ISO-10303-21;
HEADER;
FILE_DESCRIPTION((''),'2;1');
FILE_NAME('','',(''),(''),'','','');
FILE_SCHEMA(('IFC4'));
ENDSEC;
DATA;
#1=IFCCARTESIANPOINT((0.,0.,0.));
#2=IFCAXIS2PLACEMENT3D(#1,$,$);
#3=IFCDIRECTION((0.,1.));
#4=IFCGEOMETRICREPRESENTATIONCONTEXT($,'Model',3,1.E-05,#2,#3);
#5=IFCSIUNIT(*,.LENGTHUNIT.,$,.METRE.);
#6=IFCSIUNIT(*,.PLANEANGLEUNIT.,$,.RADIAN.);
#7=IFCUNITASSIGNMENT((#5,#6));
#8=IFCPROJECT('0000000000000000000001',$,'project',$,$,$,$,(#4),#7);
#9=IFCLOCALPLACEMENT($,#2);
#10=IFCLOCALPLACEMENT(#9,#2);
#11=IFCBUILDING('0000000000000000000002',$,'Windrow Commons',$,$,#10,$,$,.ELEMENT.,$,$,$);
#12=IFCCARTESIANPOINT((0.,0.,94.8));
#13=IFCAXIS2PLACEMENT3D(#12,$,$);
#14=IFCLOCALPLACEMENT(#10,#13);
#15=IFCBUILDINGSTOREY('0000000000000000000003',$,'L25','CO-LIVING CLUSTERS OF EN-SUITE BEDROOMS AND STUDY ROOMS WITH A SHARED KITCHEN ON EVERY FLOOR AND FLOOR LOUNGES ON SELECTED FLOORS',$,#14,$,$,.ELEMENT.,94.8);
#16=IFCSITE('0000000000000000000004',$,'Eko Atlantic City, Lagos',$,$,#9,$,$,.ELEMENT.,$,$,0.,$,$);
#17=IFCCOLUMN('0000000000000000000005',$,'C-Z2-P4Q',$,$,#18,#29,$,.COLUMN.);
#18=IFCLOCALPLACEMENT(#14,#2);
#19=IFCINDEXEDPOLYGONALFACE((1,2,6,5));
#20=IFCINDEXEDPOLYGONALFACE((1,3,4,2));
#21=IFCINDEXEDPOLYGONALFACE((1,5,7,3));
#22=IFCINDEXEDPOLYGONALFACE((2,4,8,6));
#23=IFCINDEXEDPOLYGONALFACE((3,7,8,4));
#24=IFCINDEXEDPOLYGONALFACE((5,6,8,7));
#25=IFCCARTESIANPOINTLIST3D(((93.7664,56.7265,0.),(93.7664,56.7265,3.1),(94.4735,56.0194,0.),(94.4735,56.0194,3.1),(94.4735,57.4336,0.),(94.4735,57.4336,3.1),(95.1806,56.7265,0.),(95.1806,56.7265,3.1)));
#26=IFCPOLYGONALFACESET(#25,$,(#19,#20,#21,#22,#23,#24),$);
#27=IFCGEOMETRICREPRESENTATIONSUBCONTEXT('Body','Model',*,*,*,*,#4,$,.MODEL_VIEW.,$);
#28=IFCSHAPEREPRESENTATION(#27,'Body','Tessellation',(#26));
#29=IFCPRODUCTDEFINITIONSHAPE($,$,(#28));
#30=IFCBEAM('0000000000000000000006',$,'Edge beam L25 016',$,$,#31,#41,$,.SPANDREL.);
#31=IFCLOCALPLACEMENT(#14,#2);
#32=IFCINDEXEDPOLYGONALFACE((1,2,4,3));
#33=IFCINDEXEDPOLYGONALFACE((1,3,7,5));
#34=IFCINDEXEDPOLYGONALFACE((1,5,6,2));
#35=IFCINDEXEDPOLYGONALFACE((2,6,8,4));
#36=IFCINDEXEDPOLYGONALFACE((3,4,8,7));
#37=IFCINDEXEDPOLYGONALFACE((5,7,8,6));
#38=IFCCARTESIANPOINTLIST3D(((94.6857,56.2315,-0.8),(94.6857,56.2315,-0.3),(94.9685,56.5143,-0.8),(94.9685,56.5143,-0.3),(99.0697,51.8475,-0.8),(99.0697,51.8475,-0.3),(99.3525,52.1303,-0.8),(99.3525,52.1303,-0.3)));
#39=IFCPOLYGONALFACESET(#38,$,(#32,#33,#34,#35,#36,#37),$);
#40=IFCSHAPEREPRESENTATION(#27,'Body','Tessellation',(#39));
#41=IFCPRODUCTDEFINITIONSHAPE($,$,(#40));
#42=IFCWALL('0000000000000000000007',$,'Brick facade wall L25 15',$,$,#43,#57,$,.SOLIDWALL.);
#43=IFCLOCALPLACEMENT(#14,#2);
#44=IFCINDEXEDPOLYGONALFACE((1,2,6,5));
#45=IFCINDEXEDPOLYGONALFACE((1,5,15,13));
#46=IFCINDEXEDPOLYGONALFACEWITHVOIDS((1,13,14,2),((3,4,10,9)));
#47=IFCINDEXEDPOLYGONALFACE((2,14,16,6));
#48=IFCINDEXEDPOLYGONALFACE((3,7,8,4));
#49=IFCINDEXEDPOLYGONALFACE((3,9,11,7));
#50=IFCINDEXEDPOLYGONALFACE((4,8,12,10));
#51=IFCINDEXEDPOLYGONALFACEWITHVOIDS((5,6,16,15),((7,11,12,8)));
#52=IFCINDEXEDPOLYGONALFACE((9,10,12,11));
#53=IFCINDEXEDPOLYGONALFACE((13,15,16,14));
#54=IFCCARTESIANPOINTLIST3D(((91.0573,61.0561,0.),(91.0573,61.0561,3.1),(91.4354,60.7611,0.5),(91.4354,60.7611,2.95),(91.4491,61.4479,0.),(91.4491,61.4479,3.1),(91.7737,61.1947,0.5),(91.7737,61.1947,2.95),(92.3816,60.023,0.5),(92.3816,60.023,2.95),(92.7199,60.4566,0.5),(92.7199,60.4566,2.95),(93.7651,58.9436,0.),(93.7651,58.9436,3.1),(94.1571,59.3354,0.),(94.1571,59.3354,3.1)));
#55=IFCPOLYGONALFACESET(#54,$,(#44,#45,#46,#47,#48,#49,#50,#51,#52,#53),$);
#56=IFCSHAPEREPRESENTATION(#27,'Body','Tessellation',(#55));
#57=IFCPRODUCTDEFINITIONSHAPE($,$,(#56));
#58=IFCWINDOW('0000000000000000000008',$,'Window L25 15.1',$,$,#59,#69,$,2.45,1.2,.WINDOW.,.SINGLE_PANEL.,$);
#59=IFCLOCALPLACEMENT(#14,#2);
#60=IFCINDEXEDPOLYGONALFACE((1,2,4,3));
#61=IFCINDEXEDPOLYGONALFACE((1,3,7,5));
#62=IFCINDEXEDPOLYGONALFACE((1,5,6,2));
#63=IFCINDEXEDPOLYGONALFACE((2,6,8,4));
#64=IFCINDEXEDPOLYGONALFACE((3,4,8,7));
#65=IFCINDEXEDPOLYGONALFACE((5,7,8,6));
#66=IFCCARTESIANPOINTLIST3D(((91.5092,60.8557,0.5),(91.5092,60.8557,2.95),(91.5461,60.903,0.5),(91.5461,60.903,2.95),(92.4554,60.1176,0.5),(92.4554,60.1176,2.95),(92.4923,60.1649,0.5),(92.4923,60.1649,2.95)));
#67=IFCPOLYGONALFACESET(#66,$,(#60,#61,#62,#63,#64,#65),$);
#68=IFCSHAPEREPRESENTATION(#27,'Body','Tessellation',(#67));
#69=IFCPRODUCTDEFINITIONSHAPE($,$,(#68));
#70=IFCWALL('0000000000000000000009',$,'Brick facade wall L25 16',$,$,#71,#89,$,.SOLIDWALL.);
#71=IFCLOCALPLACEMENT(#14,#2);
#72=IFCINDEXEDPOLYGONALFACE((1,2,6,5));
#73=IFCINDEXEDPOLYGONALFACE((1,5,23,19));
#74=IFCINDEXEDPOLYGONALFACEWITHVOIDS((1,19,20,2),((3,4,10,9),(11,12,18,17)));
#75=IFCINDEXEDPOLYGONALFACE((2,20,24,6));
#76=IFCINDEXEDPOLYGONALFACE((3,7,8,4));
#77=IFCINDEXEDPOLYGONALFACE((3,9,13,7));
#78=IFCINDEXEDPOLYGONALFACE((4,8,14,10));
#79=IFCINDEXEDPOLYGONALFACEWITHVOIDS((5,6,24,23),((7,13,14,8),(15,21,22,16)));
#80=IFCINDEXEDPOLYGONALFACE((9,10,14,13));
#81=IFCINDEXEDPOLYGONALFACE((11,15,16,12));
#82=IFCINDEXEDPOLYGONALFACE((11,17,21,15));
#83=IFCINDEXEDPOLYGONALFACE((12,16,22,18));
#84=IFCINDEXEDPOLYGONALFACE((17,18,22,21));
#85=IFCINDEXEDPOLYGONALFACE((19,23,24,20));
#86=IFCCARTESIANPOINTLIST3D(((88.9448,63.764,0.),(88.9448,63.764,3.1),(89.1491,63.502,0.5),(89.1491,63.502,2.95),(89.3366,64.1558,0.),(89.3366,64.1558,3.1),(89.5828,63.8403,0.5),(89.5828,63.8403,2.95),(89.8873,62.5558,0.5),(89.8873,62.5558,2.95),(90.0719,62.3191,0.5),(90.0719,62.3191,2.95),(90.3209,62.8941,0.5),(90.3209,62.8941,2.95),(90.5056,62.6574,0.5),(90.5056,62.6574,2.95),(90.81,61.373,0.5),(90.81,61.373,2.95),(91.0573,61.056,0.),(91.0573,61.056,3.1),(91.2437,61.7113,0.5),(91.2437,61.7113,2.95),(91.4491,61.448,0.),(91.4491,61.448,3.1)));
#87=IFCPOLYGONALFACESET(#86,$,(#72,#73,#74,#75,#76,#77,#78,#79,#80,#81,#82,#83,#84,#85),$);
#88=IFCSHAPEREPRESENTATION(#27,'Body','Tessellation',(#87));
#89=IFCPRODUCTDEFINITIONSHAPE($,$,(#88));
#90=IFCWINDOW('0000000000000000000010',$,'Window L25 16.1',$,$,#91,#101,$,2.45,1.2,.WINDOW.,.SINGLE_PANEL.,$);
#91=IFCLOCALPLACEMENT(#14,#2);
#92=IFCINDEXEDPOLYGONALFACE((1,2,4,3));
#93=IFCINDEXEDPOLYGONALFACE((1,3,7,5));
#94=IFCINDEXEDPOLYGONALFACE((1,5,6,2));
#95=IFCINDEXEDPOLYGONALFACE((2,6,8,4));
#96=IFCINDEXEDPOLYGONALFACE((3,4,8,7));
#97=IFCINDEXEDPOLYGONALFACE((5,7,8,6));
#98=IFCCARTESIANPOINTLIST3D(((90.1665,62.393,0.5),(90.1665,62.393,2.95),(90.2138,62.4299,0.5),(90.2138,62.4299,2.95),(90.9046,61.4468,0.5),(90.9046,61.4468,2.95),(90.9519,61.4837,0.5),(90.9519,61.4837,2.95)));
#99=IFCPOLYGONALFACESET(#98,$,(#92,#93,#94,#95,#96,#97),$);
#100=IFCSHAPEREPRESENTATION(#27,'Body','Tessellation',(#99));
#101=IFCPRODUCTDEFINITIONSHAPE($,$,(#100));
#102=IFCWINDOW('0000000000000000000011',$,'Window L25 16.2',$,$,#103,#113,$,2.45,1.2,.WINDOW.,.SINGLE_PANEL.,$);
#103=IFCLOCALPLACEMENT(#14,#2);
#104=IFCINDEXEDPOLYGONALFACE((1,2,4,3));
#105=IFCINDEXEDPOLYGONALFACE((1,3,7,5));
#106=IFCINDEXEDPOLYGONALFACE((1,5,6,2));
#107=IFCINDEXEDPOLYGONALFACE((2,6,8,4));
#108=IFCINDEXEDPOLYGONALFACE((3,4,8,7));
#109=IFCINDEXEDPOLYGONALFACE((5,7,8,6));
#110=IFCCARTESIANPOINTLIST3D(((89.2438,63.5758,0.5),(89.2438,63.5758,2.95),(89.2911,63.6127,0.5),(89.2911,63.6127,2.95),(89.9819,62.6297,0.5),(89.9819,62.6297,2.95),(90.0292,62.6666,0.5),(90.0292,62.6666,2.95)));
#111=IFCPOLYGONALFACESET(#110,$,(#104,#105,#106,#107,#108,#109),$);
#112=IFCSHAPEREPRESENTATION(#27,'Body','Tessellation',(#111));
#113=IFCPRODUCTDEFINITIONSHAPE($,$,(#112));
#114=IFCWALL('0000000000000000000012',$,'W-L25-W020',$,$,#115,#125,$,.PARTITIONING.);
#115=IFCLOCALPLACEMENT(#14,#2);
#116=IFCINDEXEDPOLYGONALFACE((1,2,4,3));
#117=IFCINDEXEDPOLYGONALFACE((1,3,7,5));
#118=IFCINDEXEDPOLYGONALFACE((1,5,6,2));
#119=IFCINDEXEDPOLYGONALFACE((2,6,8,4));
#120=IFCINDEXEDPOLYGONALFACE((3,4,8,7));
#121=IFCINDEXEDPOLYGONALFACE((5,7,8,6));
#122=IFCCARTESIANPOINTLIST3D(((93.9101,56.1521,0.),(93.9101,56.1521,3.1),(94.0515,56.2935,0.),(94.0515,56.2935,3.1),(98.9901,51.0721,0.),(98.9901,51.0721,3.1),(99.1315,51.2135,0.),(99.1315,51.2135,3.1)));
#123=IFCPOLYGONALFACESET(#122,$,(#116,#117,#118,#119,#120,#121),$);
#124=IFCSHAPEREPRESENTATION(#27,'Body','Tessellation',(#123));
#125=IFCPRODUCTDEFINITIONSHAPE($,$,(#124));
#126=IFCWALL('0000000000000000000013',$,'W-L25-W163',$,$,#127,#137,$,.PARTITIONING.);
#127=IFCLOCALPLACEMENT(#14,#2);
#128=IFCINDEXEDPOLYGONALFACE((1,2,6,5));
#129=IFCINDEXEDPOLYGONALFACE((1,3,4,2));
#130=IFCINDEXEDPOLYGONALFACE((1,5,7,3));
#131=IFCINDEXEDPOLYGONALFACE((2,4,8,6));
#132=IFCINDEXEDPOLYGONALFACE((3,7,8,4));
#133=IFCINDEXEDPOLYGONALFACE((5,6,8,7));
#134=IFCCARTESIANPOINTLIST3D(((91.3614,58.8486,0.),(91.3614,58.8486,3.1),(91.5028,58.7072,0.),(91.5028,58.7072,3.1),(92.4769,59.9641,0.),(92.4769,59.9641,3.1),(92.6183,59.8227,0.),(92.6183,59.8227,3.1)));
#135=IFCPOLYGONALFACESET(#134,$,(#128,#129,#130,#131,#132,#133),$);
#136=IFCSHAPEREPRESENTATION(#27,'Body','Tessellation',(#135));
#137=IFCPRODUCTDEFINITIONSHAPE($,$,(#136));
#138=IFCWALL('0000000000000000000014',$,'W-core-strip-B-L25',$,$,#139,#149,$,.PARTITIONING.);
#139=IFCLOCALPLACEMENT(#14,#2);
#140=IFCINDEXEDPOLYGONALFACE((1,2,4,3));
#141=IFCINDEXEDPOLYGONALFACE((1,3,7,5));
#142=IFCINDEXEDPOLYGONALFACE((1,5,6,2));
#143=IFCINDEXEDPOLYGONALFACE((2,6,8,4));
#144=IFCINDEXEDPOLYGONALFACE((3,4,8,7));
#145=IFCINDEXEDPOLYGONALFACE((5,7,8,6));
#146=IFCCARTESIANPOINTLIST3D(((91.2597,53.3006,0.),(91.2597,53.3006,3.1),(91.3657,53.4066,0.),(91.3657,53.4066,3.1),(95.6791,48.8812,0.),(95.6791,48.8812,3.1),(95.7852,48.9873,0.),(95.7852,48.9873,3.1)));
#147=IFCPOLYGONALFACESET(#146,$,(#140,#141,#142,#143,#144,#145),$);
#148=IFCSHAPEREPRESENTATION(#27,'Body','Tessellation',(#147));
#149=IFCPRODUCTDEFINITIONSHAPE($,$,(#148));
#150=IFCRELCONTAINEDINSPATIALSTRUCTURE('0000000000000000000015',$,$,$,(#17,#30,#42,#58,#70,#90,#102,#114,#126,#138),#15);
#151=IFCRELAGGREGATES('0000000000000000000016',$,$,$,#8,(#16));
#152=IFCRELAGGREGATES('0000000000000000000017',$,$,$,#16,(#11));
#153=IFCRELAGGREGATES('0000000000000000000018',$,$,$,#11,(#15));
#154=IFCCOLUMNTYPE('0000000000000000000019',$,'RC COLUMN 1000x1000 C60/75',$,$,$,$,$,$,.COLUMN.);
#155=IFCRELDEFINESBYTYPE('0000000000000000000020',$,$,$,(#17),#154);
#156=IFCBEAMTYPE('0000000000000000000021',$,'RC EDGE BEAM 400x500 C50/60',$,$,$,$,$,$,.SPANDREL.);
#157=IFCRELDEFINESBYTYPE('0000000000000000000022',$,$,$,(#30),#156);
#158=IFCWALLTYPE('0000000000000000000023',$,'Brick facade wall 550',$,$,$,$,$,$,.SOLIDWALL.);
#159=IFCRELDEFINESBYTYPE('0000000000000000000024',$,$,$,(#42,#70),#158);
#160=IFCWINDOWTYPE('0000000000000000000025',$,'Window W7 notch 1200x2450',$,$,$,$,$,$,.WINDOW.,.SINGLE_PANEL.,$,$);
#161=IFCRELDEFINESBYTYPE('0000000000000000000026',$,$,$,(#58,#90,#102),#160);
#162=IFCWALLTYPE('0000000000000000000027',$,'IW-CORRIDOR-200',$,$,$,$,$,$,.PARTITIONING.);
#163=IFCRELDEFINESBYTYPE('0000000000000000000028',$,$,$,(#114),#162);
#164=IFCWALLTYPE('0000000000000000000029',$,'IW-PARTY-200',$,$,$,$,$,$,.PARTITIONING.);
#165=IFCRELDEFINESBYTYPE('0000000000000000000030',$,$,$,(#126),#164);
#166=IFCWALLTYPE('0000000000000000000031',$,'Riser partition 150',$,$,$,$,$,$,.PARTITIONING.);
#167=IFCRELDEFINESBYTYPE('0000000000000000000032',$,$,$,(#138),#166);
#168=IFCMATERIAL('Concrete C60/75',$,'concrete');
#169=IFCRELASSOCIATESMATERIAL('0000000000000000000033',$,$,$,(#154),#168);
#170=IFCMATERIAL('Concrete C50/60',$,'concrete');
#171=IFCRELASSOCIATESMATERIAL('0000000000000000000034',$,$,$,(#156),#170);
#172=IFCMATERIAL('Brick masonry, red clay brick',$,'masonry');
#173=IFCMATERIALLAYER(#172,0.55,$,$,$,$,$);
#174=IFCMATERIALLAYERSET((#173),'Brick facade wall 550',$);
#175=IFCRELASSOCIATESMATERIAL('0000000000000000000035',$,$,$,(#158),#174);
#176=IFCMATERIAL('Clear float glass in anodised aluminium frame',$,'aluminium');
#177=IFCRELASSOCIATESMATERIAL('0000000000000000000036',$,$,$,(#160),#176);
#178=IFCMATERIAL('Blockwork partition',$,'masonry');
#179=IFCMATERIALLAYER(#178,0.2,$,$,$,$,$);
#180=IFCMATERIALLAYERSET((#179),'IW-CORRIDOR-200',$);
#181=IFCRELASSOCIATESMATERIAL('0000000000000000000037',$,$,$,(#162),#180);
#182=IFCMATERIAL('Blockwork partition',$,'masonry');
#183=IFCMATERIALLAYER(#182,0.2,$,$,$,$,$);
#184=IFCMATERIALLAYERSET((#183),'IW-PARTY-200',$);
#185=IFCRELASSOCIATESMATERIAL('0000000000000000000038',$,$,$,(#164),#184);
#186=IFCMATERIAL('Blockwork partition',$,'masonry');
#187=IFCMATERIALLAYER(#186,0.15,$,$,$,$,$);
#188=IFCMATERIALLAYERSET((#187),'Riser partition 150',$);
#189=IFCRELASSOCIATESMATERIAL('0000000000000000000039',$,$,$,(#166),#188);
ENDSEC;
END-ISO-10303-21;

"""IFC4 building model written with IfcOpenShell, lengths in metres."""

from ifc_helpers import new_model, si_unit, direction, frame, frame_2d, origin, origin_2d, place, context, subcontext, project, spatial, polyline, rectangle, outline, extrude, material, layer, layer_set, material_profile, profile_set, type_object, element, fill, save


model = new_model("IFC4")

# Units and contexts
model_context = context("Model", 3, precision=1e-05, world=origin(), true_north=direction((0.0, 1.0)))
body_context = subcontext(model_context, "Body", "Model", "MODEL_VIEW")
ifc_project = project(units=[si_unit("LENGTHUNIT", "METRE"), si_unit("PLANEANGLEUNIT", "RADIAN")], contexts=[model_context])

# Site, building, storey
site_placement = place(None, origin())
site = spatial("IfcSite", under=ifc_project, at=site_placement, Name="Eko Atlantic City, Lagos", CompositionType="ELEMENT", RefElevation=0.0)
building_placement = place(site_placement, origin())
building = spatial("IfcBuilding", under=site, at=building_placement, Name="Windrow Commons", CompositionType="ELEMENT")
storey_placement = place(building_placement, frame((0.0, 0.0, 94.8)))
storey = spatial("IfcBuildingStorey", under=building, at=storey_placement, Name="L25", Description="CO-LIVING CLUSTERS OF EN-SUITE BEDROOMS AND STUDY ROOMS WITH A SHARED KITCHEN ON EVERY FLOOR AND FLOOR LOUNGES ON SELECTED FLOORS", CompositionType="ELEMENT", Elevation=94.8)

# Column
ifc_material_1 = material(Name="Concrete C60/75", Category="concrete")
ifc_material_profile_1 = material_profile(ifc_material_1, rectangle(XDim=1.0, YDim=1.0, at=origin_2d()))
ifc_profile_set_1 = profile_set([ifc_material_profile_1], Name="Concrete C60/75")
column_type = type_object("IfcColumnType", Name="RC COLUMN 1000x1000 C60/75", PredefinedType="COLUMN", material=ifc_profile_set_1)
column_placement = place(storey_placement, frame((94.4735, 56.7265, 0.0), z_axis=(0.0, 0.0, 1.0), x_axis=(0.707107, -0.707107, 0.0)))
element("IfcColumn", 1, at=column_placement, inside=storey, type_object=column_type, Name="C-Z2-P4Q", PredefinedType="COLUMN", context=body_context, shape_type="SweptSolid", body=[
    extrude(rectangle(XDim=1.0, YDim=1.0, at=origin_2d()), origin(), (0.0, 0.0, 1.0), 3.1),
])

# Beam
ifc_material_2 = material(Name="Concrete C50/60", Category="concrete")
ifc_material_profile_2 = material_profile(ifc_material_2, rectangle(XDim=0.4, YDim=0.5, at=origin_2d()))
ifc_profile_set_2 = profile_set([ifc_material_profile_2], Name="Concrete C50/60")
beam_type = type_object("IfcBeamType", Name="RC EDGE BEAM 400x500 C50/60", PredefinedType="SPANDREL", material=ifc_profile_set_2)
beam_placement = place(storey_placement, frame((94.8271, 56.3729, -0.55), z_axis=(0.707107, -0.707107, 0.0), x_axis=(0.707107, 0.707107, 0.0)))
element("IfcBeam", 2, at=beam_placement, inside=storey, type_object=beam_type, Name="Edge beam L25 016", PredefinedType="SPANDREL", context=body_context, shape_type="SweptSolid", body=[
    extrude(rectangle(XDim=0.4, YDim=0.5, at=origin_2d()), origin(), (0.0, 0.0, 1.0), 6.1999),
])

# Wall, opening, window
ifc_material_3 = material(Name="Brick masonry, red clay brick", Category="masonry")
ifc_layer_1 = layer(ifc_material_3, 0.55)
ifc_layer_set_1 = layer_set([ifc_layer_1], Name="Brick facade wall 550")
wall_type_1 = type_object("IfcWallType", Name="Brick facade wall 550", PredefinedType="SOLIDWALL", material=ifc_layer_set_1)
wall_1_placement = place(storey_placement, frame((93.9611, 59.1395, 0.0), z_axis=(0.0, 0.0, 1.0), x_axis=(-0.788455, 0.615093, 0.0)))
wall_1 = element("IfcWall", 3, at=wall_1_placement, inside=storey, type_object=wall_type_1, Name="Brick facade wall L25 15", PredefinedType="SOLIDWALL", context=body_context, shape_type="SweptSolid", body=[
    extrude(outline(polyline([(-0.034, -0.275), (3.4005, -0.275), (3.4684, 0.275), (0.034, 0.275), (-0.034, -0.275)])), origin(), (0.0, 0.0, 1.0), 3.1),
])
opening_1_placement = place(wall_1_placement, frame((1.7888, 0.0, 0.5)))
opening_1 = element("IfcOpeningElement", 4, at=opening_1_placement, cuts=wall_1, PredefinedType="OPENING", context=body_context, shape_type="SweptSolid", body=[
    extrude(rectangle(XDim=1.2, YDim=2.45, at=frame_2d((0.6, 1.225))), frame((0.0, 0.285, 0.0), z_axis=(0.0, -1.0, 0.0), x_axis=(1.0, 0.0, 0.0)), (0.0, 0.0, 1.0), 0.57),
])
ifc_material_4 = material(Name="Clear float glass in anodised aluminium frame", Category="aluminium")
window_type = type_object("IfcWindowType", Name="Window W7 notch 1200x2450", PartitioningType="SINGLE_PANEL", PredefinedType="WINDOW", material=ifc_material_4)
window_1_placement = place(opening_1_placement, origin())
window_1 = element("IfcWindow", 5, at=window_1_placement, inside=storey, type_object=window_type, Name="Window L25 15.1", OverallHeight=2.45, OverallWidth=1.2, PartitioningType="SINGLE_PANEL", PredefinedType="WINDOW", context=body_context, shape_type="SweptSolid", body=[
    extrude(rectangle(XDim=1.2, YDim=2.45, at=frame_2d((0.6, 1.225))), frame((0.0, 0.155, 0.0), z_axis=(0.0, -1.0, 0.0), x_axis=(1.0, 0.0, 0.0)), (0.0, 0.0, 1.0), 0.06),
])
fill(opening_1, window_1)

# Wall, openings, windows
wall_2_placement = place(storey_placement, frame((91.2532, 61.252, 0.0), z_axis=(0.0, 0.0, 1.0), x_axis=(-0.615093, 0.788455, 0.0)))
wall_2 = element("IfcWall", 6, at=wall_2_placement, inside=storey, type_object=wall_type_1, Name="Brick facade wall L25 16", PredefinedType="SOLIDWALL", context=body_context, shape_type="SweptSolid", body=[
    extrude(outline(polyline([(0.034, -0.275), (3.4684, -0.275), (3.4005, 0.275), (-0.034, 0.275), (0.034, -0.275)])), origin(), (0.0, 0.0, 1.0), 3.1),
])
opening_2_placement = place(wall_2_placement, frame((0.368, 0.0, 0.5)))
opening_2 = element("IfcOpeningElement", 7, at=opening_2_placement, cuts=wall_2, PredefinedType="OPENING", context=body_context, shape_type="SweptSolid", body=[
    extrude(rectangle(XDim=1.2, YDim=2.45, at=frame_2d((0.6, 1.225))), frame((0.0, 0.285, 0.0), z_axis=(0.0, -1.0, 0.0), x_axis=(1.0, 0.0, 0.0)), (0.0, 0.0, 1.0), 0.57),
])
opening_3_placement = place(wall_2_placement, frame((1.8682, 0.0, 0.5)))
opening_3 = element("IfcOpeningElement", 8, at=opening_3_placement, cuts=wall_2, PredefinedType="OPENING", context=body_context, shape_type="SweptSolid", body=[
    extrude(rectangle(XDim=1.2, YDim=2.45, at=frame_2d((0.6, 1.225))), frame((0.0, 0.285, 0.0), z_axis=(0.0, -1.0, 0.0), x_axis=(1.0, 0.0, 0.0)), (0.0, 0.0, 1.0), 0.57),
])
window_2_placement = place(opening_2_placement, origin())
window_2 = element("IfcWindow", 9, at=window_2_placement, inside=storey, type_object=window_type, Name="Window L25 16.1", OverallHeight=2.45, OverallWidth=1.2, PartitioningType="SINGLE_PANEL", PredefinedType="WINDOW", context=body_context, shape_type="SweptSolid", body=[
    extrude(rectangle(XDim=1.2, YDim=2.45, at=frame_2d((0.6, 1.225))), frame((0.0, 0.155, 0.0), z_axis=(0.0, -1.0, 0.0), x_axis=(1.0, 0.0, 0.0)), (0.0, 0.0, 1.0), 0.06),
])
fill(opening_2, window_2)
window_3_placement = place(opening_3_placement, origin())
window_3 = element("IfcWindow", 10, at=window_3_placement, inside=storey, type_object=window_type, Name="Window L25 16.2", OverallHeight=2.45, OverallWidth=1.2, PartitioningType="SINGLE_PANEL", PredefinedType="WINDOW", context=body_context, shape_type="SweptSolid", body=[
    extrude(rectangle(XDim=1.2, YDim=2.45, at=frame_2d((0.6, 1.225))), frame((0.0, 0.155, 0.0), z_axis=(0.0, -1.0, 0.0), x_axis=(1.0, 0.0, 0.0)), (0.0, 0.0, 1.0), 0.06),
])
fill(opening_3, window_3)

# Walls
ifc_material_5 = material(Name="Blockwork partition", Category="masonry")
ifc_layer_2 = layer(ifc_material_5, 0.2)
ifc_layer_set_2 = layer_set([ifc_layer_2], Name="IW-CORRIDOR-200")
wall_type_2 = type_object("IfcWallType", Name="IW-CORRIDOR-200", PredefinedType="PARTITIONING", material=ifc_layer_set_2)
wall_3_placement = place(storey_placement, frame((93.9808, 56.2228, 0.0), z_axis=(0.0, 0.0, 1.0), x_axis=(0.707107, -0.707107, 0.0)))
element("IfcWall", 11, at=wall_3_placement, inside=storey, type_object=wall_type_2, Name="W-L25-W020", PredefinedType="PARTITIONING", context=body_context, shape_type="SweptSolid", body=[
    extrude(rectangle(XDim=7.1842, YDim=0.2, at=frame_2d((3.5921, 0.0))), origin(), (0.0, 0.0, 1.0), 3.1),
])
ifc_material_6 = material(Name="Blockwork partition", Category="masonry")
ifc_layer_3 = layer(ifc_material_6, 0.2)
ifc_layer_set_3 = layer_set([ifc_layer_3], Name="IW-PARTY-200")
wall_type_3 = type_object("IfcWallType", Name="IW-PARTY-200", PredefinedType="PARTITIONING", material=ifc_layer_set_3)
wall_4_placement = place(storey_placement, frame((91.4321, 58.7779, 0.0), z_axis=(0.0, 0.0, 1.0), x_axis=(0.707107, 0.707107, 0.0)))
element("IfcWall", 12, at=wall_4_placement, inside=storey, type_object=wall_type_3, Name="W-L25-W163", PredefinedType="PARTITIONING", context=body_context, shape_type="SweptSolid", body=[
    extrude(rectangle(XDim=1.5776, YDim=0.2, at=frame_2d((0.7888, 0.0))), origin(), (0.0, 0.0, 1.0), 3.1),
])
ifc_material_7 = material(Name="Blockwork partition", Category="masonry")
ifc_layer_4 = layer(ifc_material_7, 0.15)
ifc_layer_set_4 = layer_set([ifc_layer_4], Name="Riser partition 150")
wall_type_4 = type_object("IfcWallType", Name="Riser partition 150", PredefinedType="PARTITIONING", material=ifc_layer_set_4)
wall_5_placement = place(storey_placement, frame((91.3127, 53.3536, 0.0), z_axis=(0.0, 0.0, 1.0), x_axis=(0.707115, -0.707099, 0.0)))
element("IfcWall", 13, at=wall_5_placement, inside=storey, type_object=wall_type_4, Name="W-core-strip-B-L25", PredefinedType="PARTITIONING", context=body_context, shape_type="SweptSolid", body=[
    extrude(rectangle(XDim=6.25, YDim=0.15, at=frame_2d((3.125, 0.0))), origin(), (0.0, 0.0, 1.0), 3.1),
])

save(model, "model.ifc")
